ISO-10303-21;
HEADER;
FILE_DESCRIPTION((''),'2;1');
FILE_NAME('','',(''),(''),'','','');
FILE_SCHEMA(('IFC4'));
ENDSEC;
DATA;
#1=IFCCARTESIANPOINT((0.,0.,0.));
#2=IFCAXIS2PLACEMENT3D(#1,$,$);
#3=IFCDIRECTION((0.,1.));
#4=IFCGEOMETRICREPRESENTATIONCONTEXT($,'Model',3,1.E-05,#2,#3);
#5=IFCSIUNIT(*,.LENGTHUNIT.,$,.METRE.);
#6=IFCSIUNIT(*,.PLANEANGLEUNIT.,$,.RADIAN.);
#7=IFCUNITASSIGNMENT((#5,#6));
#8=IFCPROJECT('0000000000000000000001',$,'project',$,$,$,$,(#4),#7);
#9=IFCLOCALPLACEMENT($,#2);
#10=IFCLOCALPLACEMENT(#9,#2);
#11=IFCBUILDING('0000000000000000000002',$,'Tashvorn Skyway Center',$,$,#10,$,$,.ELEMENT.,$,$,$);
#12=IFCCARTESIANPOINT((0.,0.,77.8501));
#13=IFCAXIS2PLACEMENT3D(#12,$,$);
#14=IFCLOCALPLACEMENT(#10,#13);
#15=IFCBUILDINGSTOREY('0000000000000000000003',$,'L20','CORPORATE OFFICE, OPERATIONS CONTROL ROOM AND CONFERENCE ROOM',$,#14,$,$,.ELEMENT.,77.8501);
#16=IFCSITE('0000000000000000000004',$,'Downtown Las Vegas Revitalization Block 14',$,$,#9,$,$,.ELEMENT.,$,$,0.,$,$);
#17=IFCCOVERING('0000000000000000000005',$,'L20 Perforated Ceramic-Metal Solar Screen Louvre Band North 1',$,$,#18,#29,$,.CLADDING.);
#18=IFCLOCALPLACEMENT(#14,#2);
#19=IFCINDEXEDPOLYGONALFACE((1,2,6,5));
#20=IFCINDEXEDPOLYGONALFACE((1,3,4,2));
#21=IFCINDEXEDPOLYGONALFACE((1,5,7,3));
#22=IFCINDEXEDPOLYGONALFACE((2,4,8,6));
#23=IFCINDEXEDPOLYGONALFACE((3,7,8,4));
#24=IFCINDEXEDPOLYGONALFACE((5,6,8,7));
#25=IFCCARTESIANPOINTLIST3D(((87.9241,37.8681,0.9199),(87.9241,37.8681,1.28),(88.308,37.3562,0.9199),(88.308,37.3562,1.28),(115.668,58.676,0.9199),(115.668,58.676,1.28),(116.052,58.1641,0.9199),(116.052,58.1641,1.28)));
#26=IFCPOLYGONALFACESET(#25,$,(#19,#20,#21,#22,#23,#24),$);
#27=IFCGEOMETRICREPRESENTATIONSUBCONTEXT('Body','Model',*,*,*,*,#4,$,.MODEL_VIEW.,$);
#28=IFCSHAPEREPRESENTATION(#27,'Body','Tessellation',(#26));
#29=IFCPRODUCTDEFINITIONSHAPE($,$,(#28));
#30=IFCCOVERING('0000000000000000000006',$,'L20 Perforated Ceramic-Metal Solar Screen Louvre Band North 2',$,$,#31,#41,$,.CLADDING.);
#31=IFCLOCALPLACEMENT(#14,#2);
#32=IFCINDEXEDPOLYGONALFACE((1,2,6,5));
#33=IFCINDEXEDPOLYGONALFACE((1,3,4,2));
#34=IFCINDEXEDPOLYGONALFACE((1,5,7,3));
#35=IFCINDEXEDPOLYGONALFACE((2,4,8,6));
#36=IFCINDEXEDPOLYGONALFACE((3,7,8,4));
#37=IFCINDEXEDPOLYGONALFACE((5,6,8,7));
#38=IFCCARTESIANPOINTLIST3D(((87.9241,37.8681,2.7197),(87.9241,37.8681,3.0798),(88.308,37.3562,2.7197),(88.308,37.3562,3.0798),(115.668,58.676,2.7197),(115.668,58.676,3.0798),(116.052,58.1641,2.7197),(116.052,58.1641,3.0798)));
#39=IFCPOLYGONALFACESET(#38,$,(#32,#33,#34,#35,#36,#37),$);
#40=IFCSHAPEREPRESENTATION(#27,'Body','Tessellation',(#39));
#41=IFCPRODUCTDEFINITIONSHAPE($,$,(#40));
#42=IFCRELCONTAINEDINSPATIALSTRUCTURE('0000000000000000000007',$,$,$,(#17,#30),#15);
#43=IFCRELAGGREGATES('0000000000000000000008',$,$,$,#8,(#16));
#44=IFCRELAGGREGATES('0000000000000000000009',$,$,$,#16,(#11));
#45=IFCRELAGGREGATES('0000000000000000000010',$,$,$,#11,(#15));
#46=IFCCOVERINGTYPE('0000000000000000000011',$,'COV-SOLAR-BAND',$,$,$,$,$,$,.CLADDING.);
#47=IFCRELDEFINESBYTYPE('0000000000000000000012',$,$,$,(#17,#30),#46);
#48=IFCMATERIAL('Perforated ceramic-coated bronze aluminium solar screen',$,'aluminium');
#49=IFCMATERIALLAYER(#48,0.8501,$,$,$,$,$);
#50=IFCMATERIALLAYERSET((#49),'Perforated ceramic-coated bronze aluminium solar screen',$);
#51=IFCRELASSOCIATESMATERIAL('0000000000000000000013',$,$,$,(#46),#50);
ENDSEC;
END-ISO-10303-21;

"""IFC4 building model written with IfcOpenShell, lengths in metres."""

from ifc_helpers import new_model, si_unit, direction, frame, origin, origin_2d, place, context, subcontext, project, spatial, rectangle, extrude, material, layer, layer_set, type_object, element, save


model = new_model("IFC4")

# Units and contexts
model_context = context("Model", 3, precision=1e-05, world=origin(), true_north=direction((0.0, 1.0)))
body_context = subcontext(model_context, "Body", "Model", "MODEL_VIEW")
ifc_project = project(units=[si_unit("LENGTHUNIT", "METRE"), si_unit("PLANEANGLEUNIT", "RADIAN")], contexts=[model_context])

# Site, building, storey
site_placement = place(None, origin())
site = spatial("IfcSite", under=ifc_project, at=site_placement, Name="Downtown Las Vegas Revitalization Block 14", CompositionType="ELEMENT", RefElevation=0.0)
building_placement = place(site_placement, origin())
building = spatial("IfcBuilding", under=site, at=building_placement, Name="Tashvorn Skyway Center", CompositionType="ELEMENT")
storey_placement = place(building_placement, frame((0.0, 0.0, 77.8501)))
storey = spatial("IfcBuildingStorey", under=building, at=storey_placement, Name="L20", Description="CORPORATE OFFICE, OPERATIONS CONTROL ROOM AND CONFERENCE ROOM", CompositionType="ELEMENT", Elevation=77.8501)

# Coverings
ifc_material_1 = material(Name="Perforated ceramic-coated bronze aluminium solar screen", Category="aluminium")
ifc_layer_1 = layer(ifc_material_1, 0.8501)
ifc_layer_set_1 = layer_set([ifc_layer_1], Name="Perforated ceramic-coated bronze aluminium solar screen")
covering_type = type_object("IfcCoveringType", Name="COV-SOLAR-BAND", PredefinedType="CLADDING", material=ifc_layer_set_1)
for number, where, z_axis, x_axis, name in (
    (1, (101.988, 48.0161, 0.9199), (0.0, 0.0, 1.0), (0.8, 0.6, 0.0), "L20 Perforated Ceramic-Metal Solar Screen Louvre Band North 1"),
    (2, (101.988, 48.0161, 2.7197), (0.0, 0.0, 1.0), (0.8, 0.6, 0.0), "L20 Perforated Ceramic-Metal Solar Screen Louvre Band North 2"),
):
    element("IfcCovering", number, at=place(storey_placement, frame(where, z_axis=z_axis, x_axis=x_axis)), inside=storey, type_object=covering_type, Name=name, PredefinedType="CLADDING", context=body_context, shape_type="SweptSolid", body=[
        extrude(rectangle(XDim=34.6799, YDim=0.6399, at=origin_2d()), origin(), (0.0, 0.0, 1.0), 0.3601),
    ])

save(model, "model.ifc")
